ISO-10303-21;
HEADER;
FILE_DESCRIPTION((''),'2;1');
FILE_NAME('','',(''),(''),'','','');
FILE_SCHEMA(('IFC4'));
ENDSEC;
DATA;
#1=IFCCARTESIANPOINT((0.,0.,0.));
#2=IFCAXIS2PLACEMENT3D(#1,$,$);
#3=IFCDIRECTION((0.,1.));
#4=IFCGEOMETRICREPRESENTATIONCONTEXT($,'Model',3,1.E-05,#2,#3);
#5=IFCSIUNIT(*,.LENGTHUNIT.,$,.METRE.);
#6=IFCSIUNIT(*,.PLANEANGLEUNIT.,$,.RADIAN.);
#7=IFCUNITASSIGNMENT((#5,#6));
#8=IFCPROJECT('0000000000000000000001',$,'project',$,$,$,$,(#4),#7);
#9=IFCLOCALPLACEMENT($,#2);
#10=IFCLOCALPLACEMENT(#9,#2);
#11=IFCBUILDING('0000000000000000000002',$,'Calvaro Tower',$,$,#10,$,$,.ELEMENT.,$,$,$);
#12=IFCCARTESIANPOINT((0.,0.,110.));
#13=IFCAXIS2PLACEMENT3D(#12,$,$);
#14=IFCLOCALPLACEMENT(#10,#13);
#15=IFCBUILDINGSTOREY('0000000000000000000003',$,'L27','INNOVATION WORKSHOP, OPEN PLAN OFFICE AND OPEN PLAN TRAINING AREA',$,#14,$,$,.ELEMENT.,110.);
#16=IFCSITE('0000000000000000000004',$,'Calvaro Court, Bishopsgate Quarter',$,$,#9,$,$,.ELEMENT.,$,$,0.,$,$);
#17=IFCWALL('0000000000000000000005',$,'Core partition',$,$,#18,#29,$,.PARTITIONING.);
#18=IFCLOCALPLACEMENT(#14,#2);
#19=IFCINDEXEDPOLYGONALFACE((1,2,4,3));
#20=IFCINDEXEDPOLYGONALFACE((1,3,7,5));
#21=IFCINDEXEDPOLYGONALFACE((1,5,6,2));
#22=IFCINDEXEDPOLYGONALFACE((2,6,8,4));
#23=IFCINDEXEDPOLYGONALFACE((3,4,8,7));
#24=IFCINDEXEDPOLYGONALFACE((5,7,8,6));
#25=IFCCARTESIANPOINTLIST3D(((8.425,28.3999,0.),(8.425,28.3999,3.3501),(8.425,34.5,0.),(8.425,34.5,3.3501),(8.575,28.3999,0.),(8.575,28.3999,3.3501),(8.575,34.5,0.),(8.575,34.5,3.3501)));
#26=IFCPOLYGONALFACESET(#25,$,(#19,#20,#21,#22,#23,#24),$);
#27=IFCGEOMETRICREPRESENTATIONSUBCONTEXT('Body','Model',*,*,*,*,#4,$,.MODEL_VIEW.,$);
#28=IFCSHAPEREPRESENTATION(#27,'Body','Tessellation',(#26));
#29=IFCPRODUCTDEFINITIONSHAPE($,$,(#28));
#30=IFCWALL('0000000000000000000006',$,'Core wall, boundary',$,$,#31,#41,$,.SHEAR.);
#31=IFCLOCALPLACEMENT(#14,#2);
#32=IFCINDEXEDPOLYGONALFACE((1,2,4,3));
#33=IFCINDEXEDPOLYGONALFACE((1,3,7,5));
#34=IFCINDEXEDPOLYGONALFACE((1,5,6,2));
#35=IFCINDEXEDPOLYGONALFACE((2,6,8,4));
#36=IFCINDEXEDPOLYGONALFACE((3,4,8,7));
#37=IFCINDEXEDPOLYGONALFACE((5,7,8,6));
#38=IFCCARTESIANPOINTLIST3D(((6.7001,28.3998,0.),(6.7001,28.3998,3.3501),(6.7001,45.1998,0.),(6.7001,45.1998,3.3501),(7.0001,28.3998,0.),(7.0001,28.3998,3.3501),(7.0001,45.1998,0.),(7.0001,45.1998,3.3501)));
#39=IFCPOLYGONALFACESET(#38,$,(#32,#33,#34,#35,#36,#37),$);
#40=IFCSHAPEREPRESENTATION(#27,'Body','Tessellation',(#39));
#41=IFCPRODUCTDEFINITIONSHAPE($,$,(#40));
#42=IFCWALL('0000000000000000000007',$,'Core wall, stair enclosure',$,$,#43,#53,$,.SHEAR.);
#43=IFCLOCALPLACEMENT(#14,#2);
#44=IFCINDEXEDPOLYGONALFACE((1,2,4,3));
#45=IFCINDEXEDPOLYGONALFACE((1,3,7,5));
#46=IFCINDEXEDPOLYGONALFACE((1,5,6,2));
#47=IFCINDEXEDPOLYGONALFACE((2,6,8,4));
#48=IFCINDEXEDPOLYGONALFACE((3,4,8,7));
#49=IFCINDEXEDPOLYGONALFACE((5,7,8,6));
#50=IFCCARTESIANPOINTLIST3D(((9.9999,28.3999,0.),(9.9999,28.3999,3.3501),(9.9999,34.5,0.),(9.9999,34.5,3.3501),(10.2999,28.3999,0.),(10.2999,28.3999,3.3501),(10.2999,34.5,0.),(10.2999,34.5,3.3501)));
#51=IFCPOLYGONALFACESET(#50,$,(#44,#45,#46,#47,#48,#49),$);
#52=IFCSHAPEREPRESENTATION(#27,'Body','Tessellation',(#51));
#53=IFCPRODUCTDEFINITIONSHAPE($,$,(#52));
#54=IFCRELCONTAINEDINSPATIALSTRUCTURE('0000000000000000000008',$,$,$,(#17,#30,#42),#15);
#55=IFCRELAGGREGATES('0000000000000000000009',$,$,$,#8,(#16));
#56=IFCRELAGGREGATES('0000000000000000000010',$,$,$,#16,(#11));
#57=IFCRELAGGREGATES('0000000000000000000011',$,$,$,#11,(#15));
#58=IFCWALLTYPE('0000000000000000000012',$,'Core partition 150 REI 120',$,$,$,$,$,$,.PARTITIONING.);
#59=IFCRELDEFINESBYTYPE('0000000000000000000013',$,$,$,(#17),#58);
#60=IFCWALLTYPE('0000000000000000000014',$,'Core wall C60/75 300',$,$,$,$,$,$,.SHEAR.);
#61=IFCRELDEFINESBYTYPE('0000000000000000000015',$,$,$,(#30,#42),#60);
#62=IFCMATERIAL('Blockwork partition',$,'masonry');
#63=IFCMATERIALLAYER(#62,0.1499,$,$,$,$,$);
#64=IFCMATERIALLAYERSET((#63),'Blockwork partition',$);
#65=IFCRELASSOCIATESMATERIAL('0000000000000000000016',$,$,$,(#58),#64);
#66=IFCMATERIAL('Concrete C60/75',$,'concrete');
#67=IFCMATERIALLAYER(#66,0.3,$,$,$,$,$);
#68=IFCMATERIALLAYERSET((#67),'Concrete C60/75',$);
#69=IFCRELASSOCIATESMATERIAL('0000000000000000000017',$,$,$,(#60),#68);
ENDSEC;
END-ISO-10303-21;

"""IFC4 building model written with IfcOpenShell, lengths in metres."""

from ifc_helpers import new_model, si_unit, direction, frame, frame_2d, origin, place, context, subcontext, project, spatial, rectangle, extrude, material, layer, layer_set, type_object, element, save


model = new_model("IFC4")

# Units and contexts
model_context = context("Model", 3, precision=1e-05, world=origin(), true_north=direction((0.0, 1.0)))
body_context = subcontext(model_context, "Body", "Model", "MODEL_VIEW")
ifc_project = project(units=[si_unit("LENGTHUNIT", "METRE"), si_unit("PLANEANGLEUNIT", "RADIAN")], contexts=[model_context])

# Site, building, storey
site_placement = place(None, origin())
site = spatial("IfcSite", under=ifc_project, at=site_placement, Name="Calvaro Court, Bishopsgate Quarter", CompositionType="ELEMENT", RefElevation=0.0)
building_placement = place(site_placement, origin())
building = spatial("IfcBuilding", under=site, at=building_placement, Name="Calvaro Tower", CompositionType="ELEMENT")
storey_placement = place(building_placement, frame((0.0, 0.0, 110.0)))
storey = spatial("IfcBuildingStorey", under=building, at=storey_placement, Name="L27", Description="INNOVATION WORKSHOP, OPEN PLAN OFFICE AND OPEN PLAN TRAINING AREA", CompositionType="ELEMENT", Elevation=110.0)

# Walls
ifc_material_1 = material(Name="Blockwork partition", Category="masonry")
ifc_layer_1 = layer(ifc_material_1, 0.1499)
ifc_layer_set_1 = layer_set([ifc_layer_1], Name="Blockwork partition")
wall_type_1 = type_object("IfcWallType", Name="Core partition 150 REI 120", PredefinedType="PARTITIONING", material=ifc_layer_set_1)
wall_1_placement = place(storey_placement, frame((8.5, 28.3999, 0.0), z_axis=(0.0, 0.0, 1.0), x_axis=(0.0, 1.0, 0.0)))
element("IfcWall", 1, at=wall_1_placement, inside=storey, type_object=wall_type_1, Name="Core partition", PredefinedType="PARTITIONING", context=body_context, shape_type="SweptSolid", body=[
    extrude(rectangle(XDim=6.1001, YDim=0.1499, at=frame_2d((3.05, 0.0))), origin(), (0.0, 0.0, 1.0), 3.3501),
])
ifc_material_2 = material(Name="Concrete C60/75", Category="concrete")
ifc_layer_2 = layer(ifc_material_2, 0.3)
ifc_layer_set_2 = layer_set([ifc_layer_2], Name="Concrete C60/75")
wall_type_2 = type_object("IfcWallType", Name="Core wall C60/75 300", PredefinedType="SHEAR", material=ifc_layer_set_2)
wall_2_placement = place(storey_placement, frame((6.8501, 28.3999, 0.0), z_axis=(0.0, 0.0, 1.0), x_axis=(0.0, 1.0, 0.0)))
element("IfcWall", 2, at=wall_2_placement, inside=storey, type_object=wall_type_2, Name="Core wall, boundary", PredefinedType="SHEAR", context=body_context, shape_type="SweptSolid", body=[
    extrude(rectangle(XDim=16.8, YDim=0.3, at=frame_2d((8.3999, 0.0))), origin(), (0.0, 0.0, 1.0), 3.3501),
])
wall_3_placement = place(storey_placement, frame((10.1499, 28.3999, 0.0), z_axis=(0.0, 0.0, 1.0), x_axis=(0.0, 1.0, 0.0)))
element("IfcWall", 3, at=wall_3_placement, inside=storey, type_object=wall_type_2, Name="Core wall, stair enclosure", PredefinedType="SHEAR", context=body_context, shape_type="SweptSolid", body=[
    extrude(rectangle(XDim=6.1001, YDim=0.3, at=frame_2d((3.05, 0.0))), origin(), (0.0, 0.0, 1.0), 3.3501),
])

save(model, "model.ifc")
